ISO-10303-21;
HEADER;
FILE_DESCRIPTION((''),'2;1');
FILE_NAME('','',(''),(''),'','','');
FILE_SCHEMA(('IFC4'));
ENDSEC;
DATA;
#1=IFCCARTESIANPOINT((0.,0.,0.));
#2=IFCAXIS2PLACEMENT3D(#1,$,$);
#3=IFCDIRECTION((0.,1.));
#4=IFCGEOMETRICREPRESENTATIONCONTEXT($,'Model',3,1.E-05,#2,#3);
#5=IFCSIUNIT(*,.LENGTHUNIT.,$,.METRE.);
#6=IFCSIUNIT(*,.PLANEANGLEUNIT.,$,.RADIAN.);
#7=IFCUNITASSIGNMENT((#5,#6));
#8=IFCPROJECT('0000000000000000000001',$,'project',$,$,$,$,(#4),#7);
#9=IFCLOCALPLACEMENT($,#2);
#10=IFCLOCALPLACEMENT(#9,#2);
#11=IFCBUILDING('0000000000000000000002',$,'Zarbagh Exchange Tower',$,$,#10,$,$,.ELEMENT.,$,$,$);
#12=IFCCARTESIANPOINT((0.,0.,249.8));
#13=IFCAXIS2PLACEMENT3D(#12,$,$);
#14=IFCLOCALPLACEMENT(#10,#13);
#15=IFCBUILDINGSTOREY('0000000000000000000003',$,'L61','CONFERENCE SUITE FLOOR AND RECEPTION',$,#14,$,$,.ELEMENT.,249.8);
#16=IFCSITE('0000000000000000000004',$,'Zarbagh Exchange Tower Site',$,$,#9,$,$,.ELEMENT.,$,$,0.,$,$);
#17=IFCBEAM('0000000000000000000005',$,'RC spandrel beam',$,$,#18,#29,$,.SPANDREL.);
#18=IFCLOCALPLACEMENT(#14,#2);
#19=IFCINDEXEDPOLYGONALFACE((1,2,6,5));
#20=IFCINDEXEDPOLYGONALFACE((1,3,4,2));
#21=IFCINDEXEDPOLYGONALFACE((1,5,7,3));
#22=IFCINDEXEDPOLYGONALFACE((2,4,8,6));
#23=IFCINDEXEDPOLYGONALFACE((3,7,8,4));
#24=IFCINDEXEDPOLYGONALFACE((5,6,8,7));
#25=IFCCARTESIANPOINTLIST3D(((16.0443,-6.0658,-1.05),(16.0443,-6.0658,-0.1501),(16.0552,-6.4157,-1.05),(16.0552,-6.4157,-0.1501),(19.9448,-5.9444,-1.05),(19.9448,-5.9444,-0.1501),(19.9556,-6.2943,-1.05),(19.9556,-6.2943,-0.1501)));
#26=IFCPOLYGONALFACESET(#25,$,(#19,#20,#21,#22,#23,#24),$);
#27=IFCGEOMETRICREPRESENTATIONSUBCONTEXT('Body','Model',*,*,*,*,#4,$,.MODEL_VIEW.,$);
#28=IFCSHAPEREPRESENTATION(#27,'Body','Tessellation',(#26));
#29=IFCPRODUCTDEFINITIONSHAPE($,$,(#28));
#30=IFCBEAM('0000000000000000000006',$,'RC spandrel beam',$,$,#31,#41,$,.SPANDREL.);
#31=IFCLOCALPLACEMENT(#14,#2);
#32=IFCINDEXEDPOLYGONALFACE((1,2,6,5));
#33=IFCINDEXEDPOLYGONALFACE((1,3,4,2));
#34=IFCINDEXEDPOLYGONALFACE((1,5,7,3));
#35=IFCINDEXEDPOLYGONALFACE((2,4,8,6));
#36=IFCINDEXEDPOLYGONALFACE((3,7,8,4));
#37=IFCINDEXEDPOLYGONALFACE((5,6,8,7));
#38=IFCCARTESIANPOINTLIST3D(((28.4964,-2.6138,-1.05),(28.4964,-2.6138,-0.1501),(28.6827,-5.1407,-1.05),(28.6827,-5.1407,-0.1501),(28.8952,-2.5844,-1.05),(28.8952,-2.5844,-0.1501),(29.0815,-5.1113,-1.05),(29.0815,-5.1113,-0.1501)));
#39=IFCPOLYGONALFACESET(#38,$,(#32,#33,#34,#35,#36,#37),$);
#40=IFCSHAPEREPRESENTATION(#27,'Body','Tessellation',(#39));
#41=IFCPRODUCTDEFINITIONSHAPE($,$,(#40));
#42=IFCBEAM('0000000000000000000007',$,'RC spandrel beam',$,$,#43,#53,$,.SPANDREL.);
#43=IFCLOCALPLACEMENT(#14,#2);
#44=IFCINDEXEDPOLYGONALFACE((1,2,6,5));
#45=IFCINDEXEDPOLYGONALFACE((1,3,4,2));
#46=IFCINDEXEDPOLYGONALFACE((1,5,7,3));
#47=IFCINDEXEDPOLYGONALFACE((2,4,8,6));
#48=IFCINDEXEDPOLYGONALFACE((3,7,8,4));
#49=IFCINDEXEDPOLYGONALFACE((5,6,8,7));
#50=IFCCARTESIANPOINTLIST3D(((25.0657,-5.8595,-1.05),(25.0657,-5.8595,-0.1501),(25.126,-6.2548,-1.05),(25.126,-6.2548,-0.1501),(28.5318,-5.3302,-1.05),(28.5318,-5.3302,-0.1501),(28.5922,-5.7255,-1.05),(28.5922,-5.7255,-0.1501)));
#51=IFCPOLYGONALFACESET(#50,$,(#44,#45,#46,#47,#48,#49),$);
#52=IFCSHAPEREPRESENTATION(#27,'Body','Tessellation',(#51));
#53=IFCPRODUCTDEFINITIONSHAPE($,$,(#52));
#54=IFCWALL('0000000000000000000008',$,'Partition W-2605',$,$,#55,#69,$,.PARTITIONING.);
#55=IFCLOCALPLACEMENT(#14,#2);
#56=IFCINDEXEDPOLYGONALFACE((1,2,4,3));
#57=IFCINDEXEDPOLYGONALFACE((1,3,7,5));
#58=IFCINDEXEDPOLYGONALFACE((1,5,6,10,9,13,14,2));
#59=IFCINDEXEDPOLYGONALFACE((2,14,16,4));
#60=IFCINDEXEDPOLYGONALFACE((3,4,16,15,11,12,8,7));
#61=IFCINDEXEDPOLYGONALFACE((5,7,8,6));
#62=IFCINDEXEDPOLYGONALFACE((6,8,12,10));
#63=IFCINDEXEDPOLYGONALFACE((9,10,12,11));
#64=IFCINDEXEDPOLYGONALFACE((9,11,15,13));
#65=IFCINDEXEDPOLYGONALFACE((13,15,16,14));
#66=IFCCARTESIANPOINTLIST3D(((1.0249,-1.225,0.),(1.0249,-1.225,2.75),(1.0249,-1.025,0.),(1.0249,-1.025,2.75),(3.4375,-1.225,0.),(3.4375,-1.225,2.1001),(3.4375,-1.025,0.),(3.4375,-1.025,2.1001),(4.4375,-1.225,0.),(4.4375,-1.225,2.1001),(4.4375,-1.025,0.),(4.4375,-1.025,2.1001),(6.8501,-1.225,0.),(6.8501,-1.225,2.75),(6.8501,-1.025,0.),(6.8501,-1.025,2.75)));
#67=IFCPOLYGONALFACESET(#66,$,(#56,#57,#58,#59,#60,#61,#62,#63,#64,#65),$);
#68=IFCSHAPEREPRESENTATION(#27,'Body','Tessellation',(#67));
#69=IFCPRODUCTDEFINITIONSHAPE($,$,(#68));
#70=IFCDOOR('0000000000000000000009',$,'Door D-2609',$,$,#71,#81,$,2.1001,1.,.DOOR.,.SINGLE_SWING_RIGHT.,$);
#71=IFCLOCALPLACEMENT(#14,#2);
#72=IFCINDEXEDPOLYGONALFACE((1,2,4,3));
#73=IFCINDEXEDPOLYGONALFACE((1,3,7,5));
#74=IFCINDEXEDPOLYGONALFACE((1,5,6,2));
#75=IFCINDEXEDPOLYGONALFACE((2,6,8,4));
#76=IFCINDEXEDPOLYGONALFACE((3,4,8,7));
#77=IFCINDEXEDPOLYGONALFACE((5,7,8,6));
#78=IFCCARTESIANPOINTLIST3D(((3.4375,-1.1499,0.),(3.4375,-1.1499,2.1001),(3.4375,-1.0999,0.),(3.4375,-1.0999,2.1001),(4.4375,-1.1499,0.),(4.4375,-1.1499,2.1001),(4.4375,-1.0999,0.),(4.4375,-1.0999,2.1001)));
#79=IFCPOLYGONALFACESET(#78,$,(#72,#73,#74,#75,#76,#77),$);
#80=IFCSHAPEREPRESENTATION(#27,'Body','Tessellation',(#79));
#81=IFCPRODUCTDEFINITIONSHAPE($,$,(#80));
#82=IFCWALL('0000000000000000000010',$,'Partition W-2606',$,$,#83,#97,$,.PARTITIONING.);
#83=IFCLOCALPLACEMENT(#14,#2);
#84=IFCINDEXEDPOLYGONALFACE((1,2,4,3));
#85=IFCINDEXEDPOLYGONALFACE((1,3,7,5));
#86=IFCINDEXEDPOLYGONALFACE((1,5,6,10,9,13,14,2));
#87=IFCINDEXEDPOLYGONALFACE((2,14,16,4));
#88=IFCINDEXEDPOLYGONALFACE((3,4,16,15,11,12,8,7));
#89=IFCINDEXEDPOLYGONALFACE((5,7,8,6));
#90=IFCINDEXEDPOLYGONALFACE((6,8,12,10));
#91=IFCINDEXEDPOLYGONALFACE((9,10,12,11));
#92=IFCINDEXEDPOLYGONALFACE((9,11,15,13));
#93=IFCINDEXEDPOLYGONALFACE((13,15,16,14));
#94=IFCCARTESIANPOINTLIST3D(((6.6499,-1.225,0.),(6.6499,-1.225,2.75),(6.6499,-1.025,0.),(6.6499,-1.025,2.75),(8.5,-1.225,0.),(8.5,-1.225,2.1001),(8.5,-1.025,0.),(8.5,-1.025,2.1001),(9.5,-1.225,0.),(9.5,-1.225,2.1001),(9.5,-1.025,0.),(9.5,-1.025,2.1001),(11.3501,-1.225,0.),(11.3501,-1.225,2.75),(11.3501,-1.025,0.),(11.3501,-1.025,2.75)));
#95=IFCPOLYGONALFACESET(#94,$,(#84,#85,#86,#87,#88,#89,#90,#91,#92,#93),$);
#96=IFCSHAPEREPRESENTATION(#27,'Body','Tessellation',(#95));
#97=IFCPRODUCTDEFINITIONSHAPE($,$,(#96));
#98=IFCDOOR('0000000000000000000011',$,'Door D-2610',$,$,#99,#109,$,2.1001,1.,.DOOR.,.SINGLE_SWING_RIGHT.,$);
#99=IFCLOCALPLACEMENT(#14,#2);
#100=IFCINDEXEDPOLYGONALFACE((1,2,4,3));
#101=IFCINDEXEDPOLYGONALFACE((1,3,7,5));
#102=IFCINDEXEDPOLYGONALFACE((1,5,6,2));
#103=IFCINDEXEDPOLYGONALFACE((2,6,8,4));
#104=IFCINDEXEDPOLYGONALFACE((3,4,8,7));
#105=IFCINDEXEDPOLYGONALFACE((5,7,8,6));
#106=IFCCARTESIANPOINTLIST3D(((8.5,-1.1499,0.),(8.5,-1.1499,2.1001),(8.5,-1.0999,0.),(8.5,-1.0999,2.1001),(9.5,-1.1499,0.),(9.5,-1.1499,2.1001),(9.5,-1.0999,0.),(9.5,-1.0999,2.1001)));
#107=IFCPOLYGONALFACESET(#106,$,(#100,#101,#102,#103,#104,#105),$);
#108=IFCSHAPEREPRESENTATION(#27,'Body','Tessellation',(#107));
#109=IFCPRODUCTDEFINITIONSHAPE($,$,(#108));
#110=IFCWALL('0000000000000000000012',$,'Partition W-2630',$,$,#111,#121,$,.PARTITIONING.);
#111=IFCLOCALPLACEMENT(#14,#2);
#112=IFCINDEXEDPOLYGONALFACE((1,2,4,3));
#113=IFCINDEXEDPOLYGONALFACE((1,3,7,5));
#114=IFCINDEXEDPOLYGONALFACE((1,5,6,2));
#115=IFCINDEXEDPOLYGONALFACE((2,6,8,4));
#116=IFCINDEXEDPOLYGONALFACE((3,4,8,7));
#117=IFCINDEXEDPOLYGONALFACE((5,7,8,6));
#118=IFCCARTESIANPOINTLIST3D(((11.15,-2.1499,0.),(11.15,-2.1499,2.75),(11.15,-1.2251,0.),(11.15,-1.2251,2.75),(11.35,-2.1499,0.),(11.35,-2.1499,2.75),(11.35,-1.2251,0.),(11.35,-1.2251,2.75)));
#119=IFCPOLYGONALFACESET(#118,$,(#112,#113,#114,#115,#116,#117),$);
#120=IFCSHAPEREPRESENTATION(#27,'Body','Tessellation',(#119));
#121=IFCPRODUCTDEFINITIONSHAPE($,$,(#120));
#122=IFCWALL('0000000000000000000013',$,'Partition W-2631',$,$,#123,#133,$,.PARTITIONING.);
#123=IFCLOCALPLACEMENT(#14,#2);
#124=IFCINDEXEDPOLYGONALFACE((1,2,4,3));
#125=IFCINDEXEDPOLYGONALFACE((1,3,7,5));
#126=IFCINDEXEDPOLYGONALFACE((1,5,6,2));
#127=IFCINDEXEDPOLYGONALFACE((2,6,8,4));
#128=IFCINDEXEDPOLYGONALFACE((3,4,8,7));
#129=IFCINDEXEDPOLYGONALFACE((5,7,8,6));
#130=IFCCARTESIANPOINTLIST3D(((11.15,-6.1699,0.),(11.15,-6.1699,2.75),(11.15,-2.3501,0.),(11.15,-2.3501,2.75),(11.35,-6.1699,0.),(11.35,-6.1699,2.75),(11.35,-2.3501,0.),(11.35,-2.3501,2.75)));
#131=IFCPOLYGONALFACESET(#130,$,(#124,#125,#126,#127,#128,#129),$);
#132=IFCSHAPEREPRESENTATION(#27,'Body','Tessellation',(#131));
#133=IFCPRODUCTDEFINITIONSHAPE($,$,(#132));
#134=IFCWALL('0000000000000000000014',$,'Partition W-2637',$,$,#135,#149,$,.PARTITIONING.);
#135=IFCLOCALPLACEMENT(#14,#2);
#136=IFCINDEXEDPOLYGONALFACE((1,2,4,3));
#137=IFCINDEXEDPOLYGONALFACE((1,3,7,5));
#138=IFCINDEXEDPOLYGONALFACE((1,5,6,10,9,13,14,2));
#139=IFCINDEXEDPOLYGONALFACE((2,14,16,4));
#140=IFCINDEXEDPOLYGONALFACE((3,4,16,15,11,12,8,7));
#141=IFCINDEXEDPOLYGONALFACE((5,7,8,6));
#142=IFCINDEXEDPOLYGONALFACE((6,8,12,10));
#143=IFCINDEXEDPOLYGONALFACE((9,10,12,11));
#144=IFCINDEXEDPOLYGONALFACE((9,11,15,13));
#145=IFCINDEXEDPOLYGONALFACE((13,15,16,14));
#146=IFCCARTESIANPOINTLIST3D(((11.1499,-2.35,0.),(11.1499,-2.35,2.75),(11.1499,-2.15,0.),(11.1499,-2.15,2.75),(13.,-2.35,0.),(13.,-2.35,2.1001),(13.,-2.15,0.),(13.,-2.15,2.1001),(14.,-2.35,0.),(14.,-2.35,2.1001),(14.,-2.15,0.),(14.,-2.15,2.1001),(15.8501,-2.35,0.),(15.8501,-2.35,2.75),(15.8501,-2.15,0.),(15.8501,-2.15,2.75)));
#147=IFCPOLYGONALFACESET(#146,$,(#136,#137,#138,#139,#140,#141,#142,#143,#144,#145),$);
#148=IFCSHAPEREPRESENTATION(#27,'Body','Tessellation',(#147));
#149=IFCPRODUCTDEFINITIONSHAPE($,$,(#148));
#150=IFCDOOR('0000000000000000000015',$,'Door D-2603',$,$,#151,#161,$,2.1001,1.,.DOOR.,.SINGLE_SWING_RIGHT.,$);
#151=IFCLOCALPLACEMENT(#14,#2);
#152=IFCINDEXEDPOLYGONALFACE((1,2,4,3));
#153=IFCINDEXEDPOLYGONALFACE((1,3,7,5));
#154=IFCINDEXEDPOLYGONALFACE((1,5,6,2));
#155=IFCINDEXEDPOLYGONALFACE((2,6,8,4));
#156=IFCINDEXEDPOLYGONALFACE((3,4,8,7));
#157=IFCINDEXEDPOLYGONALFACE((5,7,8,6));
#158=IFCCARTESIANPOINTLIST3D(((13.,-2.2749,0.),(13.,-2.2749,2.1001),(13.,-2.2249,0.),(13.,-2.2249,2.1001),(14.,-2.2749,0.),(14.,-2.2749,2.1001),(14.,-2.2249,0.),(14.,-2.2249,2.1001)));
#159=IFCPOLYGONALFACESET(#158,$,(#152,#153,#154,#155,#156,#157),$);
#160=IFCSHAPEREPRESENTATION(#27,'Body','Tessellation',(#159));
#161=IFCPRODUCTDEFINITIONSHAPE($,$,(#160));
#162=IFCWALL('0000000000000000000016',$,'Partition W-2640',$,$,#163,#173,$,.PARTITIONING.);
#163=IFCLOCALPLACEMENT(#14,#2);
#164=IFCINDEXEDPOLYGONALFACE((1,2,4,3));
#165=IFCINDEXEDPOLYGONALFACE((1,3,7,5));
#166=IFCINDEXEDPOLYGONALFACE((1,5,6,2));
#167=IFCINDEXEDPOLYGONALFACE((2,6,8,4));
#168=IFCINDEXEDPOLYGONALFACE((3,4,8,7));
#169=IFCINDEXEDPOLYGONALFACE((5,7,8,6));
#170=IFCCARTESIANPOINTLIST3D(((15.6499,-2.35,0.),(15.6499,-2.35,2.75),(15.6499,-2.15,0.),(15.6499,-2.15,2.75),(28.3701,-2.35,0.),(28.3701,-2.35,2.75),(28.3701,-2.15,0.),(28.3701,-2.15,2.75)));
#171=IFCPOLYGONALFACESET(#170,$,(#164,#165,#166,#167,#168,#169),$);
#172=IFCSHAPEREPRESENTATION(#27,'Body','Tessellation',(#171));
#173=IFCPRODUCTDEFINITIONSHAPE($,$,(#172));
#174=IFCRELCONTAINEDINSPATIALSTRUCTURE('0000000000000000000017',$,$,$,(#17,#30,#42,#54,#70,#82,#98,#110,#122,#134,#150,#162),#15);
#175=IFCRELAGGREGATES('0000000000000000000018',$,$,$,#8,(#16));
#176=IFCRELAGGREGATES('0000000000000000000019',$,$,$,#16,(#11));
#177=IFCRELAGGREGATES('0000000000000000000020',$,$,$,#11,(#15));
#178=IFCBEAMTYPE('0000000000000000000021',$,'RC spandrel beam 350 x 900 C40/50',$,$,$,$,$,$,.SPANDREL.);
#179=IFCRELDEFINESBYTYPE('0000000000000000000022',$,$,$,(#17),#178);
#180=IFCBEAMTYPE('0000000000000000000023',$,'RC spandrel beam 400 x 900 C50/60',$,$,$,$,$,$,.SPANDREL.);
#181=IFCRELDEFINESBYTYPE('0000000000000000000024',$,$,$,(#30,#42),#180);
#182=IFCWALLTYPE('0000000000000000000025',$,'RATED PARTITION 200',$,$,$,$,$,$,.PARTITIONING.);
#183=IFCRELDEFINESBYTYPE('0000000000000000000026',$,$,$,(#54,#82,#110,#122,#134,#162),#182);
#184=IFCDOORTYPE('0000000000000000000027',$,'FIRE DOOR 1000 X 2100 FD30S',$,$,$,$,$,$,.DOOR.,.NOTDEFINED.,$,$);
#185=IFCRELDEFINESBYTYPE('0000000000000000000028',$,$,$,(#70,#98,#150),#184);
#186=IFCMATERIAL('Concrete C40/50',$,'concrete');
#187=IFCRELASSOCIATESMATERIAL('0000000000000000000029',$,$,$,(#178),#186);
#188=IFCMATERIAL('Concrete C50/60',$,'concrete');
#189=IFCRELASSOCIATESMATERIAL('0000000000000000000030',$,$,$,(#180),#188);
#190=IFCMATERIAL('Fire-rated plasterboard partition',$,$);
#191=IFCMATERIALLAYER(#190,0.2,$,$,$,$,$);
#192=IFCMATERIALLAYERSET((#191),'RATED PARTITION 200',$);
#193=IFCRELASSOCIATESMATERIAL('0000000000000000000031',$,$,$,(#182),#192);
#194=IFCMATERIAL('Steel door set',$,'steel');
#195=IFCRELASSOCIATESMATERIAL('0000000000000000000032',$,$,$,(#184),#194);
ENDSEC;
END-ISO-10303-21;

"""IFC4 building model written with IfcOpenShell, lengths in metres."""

from ifc_helpers import new_model, si_unit, direction, frame, frame_2d, origin, origin_2d, place, context, subcontext, project, spatial, rectangle, extrude, material, layer, layer_set, material_profile, profile_set, type_object, element, fill, save


model = new_model("IFC4")

# Units and contexts
model_context = context("Model", 3, precision=1e-05, world=origin(), true_north=direction((0.0, 1.0)))
body_context = subcontext(model_context, "Body", "Model", "MODEL_VIEW")
ifc_project = project(units=[si_unit("LENGTHUNIT", "METRE"), si_unit("PLANEANGLEUNIT", "RADIAN")], contexts=[model_context])

# Site, building, storey
site_placement = place(None, origin())
site = spatial("IfcSite", under=ifc_project, at=site_placement, Name="Zarbagh Exchange Tower Site", CompositionType="ELEMENT", RefElevation=0.0)
building_placement = place(site_placement, origin())
building = spatial("IfcBuilding", under=site, at=building_placement, Name="Zarbagh Exchange Tower", CompositionType="ELEMENT")
storey_placement = place(building_placement, frame((0.0, 0.0, 249.8)))
storey = spatial("IfcBuildingStorey", under=building, at=storey_placement, Name="L61", Description="CONFERENCE SUITE FLOOR AND RECEPTION", CompositionType="ELEMENT", Elevation=249.8)

# Shared definitions
ifc_material_1 = material(Name="Concrete C40/50", Category="concrete")

# Beams
ifc_material_profile_1 = material_profile(ifc_material_1, rectangle(XDim=0.3501, YDim=0.8999, at=origin_2d()), Name="RC spandrel beam 350 x 900 C40/50")
ifc_profile_set_1 = profile_set([ifc_material_profile_1], Name="Concrete C40/50")
beam_type_1 = type_object("IfcBeamType", Name="RC spandrel beam 350 x 900 C40/50", PredefinedType="SPANDREL", material=ifc_profile_set_1)
beam_1_placement = place(storey_placement, frame((19.9502, -6.1194, -0.6001), z_axis=(-0.999516, -0.031094, 0.0), x_axis=(0.031094, -0.999516, 0.0)))
element("IfcBeam", 1, at=beam_1_placement, inside=storey, type_object=beam_type_1, Name="RC spandrel beam", PredefinedType="SPANDREL", context=body_context, shape_type="SweptSolid", body=[
    extrude(rectangle(XDim=0.3501, YDim=0.8999, at=origin_2d()), origin(), (0.0, 0.0, 1.0), 3.9023),
])
ifc_material_2 = material(Name="Concrete C50/60", Category="concrete")
ifc_material_profile_2 = material_profile(ifc_material_2, rectangle(XDim=0.3999, YDim=0.8999, at=origin_2d()), Name="RC spandrel beam 400 x 900 C50/60")
ifc_profile_set_2 = profile_set([ifc_material_profile_2], Name="Concrete C50/60")
beam_type_2 = type_object("IfcBeamType", Name="RC spandrel beam 400 x 900 C50/60", PredefinedType="SPANDREL", material=ifc_profile_set_2)
beam_2_placement = place(storey_placement, frame((28.6958, -2.5991, -0.6001), z_axis=(0.07352, -0.997294, 0.0), x_axis=(0.997294, 0.07352, 0.0)))
element("IfcBeam", 2, at=beam_2_placement, inside=storey, type_object=beam_type_2, Name="RC spandrel beam", PredefinedType="SPANDREL", context=body_context, shape_type="SweptSolid", body=[
    extrude(rectangle(XDim=0.3999, YDim=0.8999, at=origin_2d()), origin(), (0.0, 0.0, 1.0), 2.5337),
])
beam_3_placement = place(storey_placement, frame((28.562, -5.5278, -0.6001), z_axis=(-0.98854, -0.150958, 0.0), x_axis=(0.150958, -0.98854, 0.0)))
element("IfcBeam", 3, at=beam_3_placement, inside=storey, type_object=beam_type_2, Name="RC spandrel beam", PredefinedType="SPANDREL", context=body_context, shape_type="SweptSolid", body=[
    extrude(rectangle(XDim=0.3999, YDim=0.8999, at=origin_2d()), origin(), (0.0, 0.0, 1.0), 3.5063),
])

# Walls, openings, doors
ifc_material_3 = material(Name="Fire-rated plasterboard partition")
ifc_layer_1 = layer(ifc_material_3, 0.2)
ifc_layer_set_1 = layer_set([ifc_layer_1], Name="RATED PARTITION 200")
wall_type_1 = type_object("IfcWallType", Name="RATED PARTITION 200", PredefinedType="PARTITIONING", material=ifc_layer_set_1)
wall_1_placement = place(storey_placement, frame((6.8501, -1.125, 0.0), z_axis=(0.0, 0.0, 1.0), x_axis=(-1.0, 0.0, 0.0)))
wall_1 = element("IfcWall", 4, at=wall_1_placement, inside=storey, type_object=wall_type_1, Name="Partition W-2605", PredefinedType="PARTITIONING", context=body_context, shape_type="SweptSolid", body=[
    extrude(rectangle(XDim=5.8252, YDim=0.2, at=frame_2d((2.9126, 0.0))), origin(), (0.0, 0.0, 1.0), 2.75),
])
opening_1_placement = place(wall_1_placement, frame((2.4126, 0.0, 0.0)))
opening_1 = element("IfcOpeningElement", 5, at=opening_1_placement, cuts=wall_1, PredefinedType="OPENING", context=body_context, shape_type="SweptSolid", body=[
    extrude(rectangle(XDim=1.0, YDim=2.1001, at=frame_2d((0.5, 1.05))), frame((0.0, 0.1099, 0.0), z_axis=(0.0, -1.0, 0.0), x_axis=(1.0, 0.0, 0.0)), (0.0, 0.0, 1.0), 0.22),
])
ifc_material_4 = material(Name="Steel door set", Category="steel")
door_type_1 = type_object("IfcDoorType", Name="FIRE DOOR 1000 X 2100 FD30S", OperationType="NOTDEFINED", PredefinedType="DOOR", material=ifc_material_4)
door_1_placement = place(opening_1_placement, origin())
door_1 = element("IfcDoor", 6, at=door_1_placement, inside=storey, type_object=door_type_1, Name="Door D-2609", OperationType="SINGLE_SWING_RIGHT", OverallHeight=2.1001, OverallWidth=1.0, PredefinedType="DOOR", context=body_context, shape_type="SweptSolid", body=[
    extrude(rectangle(XDim=1.0, YDim=2.1001, at=frame_2d((0.5, 1.05))), frame((0.0, 0.0249, 0.0), z_axis=(0.0, -1.0, 0.0), x_axis=(1.0, 0.0, 0.0)), (0.0, 0.0, 1.0), 0.05),
])
fill(opening_1, door_1)
wall_2_placement = place(storey_placement, frame((11.3501, -1.125, 0.0), z_axis=(0.0, 0.0, 1.0), x_axis=(-1.0, 0.0, 0.0)))
wall_2 = element("IfcWall", 7, at=wall_2_placement, inside=storey, type_object=wall_type_1, Name="Partition W-2606", PredefinedType="PARTITIONING", context=body_context, shape_type="SweptSolid", body=[
    extrude(rectangle(XDim=4.7002, YDim=0.2, at=frame_2d((2.3501, 0.0))), origin(), (0.0, 0.0, 1.0), 2.75),
])
opening_2_placement = place(wall_2_placement, frame((1.8501, 0.0, 0.0)))
opening_2 = element("IfcOpeningElement", 8, at=opening_2_placement, cuts=wall_2, PredefinedType="OPENING", context=body_context, shape_type="SweptSolid", body=[
    extrude(rectangle(XDim=1.0, YDim=2.1001, at=frame_2d((0.5, 1.05))), frame((0.0, 0.1099, 0.0), z_axis=(0.0, -1.0, 0.0), x_axis=(1.0, 0.0, 0.0)), (0.0, 0.0, 1.0), 0.22),
])
door_2_placement = place(opening_2_placement, origin())
door_2 = element("IfcDoor", 9, at=door_2_placement, inside=storey, type_object=door_type_1, Name="Door D-2610", OperationType="SINGLE_SWING_RIGHT", OverallHeight=2.1001, OverallWidth=1.0, PredefinedType="DOOR", context=body_context, shape_type="SweptSolid", body=[
    extrude(rectangle(XDim=1.0, YDim=2.1001, at=frame_2d((0.5, 1.05))), frame((0.0, 0.0249, 0.0), z_axis=(0.0, -1.0, 0.0), x_axis=(1.0, 0.0, 0.0)), (0.0, 0.0, 1.0), 0.05),
])
fill(opening_2, door_2)

# Walls
wall_3_placement = place(storey_placement, frame((11.25, -2.1499, 0.0), z_axis=(0.0, 0.0, 1.0), x_axis=(0.0, 1.0, 0.0)))
element("IfcWall", 10, at=wall_3_placement, inside=storey, type_object=wall_type_1, Name="Partition W-2630", PredefinedType="PARTITIONING", context=body_context, shape_type="SweptSolid", body=[
    extrude(rectangle(XDim=0.9248, YDim=0.2, at=frame_2d((0.4624, 0.0))), origin(), (0.0, 0.0, 1.0), 2.75),
])
wall_4_placement = place(storey_placement, frame((11.25, -6.1699, 0.0), z_axis=(0.0, 0.0, 1.0), x_axis=(0.0, 1.0, 0.0)))
element("IfcWall", 11, at=wall_4_placement, inside=storey, type_object=wall_type_1, Name="Partition W-2631", PredefinedType="PARTITIONING", context=body_context, shape_type="SweptSolid", body=[
    extrude(rectangle(XDim=3.8198, YDim=0.2, at=frame_2d((1.9099, 0.0))), origin(), (0.0, 0.0, 1.0), 2.75),
])

# Wall, opening, door
wall_5_placement = place(storey_placement, frame((15.8501, -2.25, 0.0), z_axis=(0.0, 0.0, 1.0), x_axis=(-1.0, 0.0, 0.0)))
wall_5 = element("IfcWall", 12, at=wall_5_placement, inside=storey, type_object=wall_type_1, Name="Partition W-2637", PredefinedType="PARTITIONING", context=body_context, shape_type="SweptSolid", body=[
    extrude(rectangle(XDim=4.7002, YDim=0.2, at=frame_2d((2.3501, 0.0))), origin(), (0.0, 0.0, 1.0), 2.75),
])
opening_3_placement = place(wall_5_placement, frame((1.8501, 0.0, 0.0)))
opening_3 = element("IfcOpeningElement", 13, at=opening_3_placement, cuts=wall_5, PredefinedType="OPENING", context=body_context, shape_type="SweptSolid", body=[
    extrude(rectangle(XDim=1.0, YDim=2.1001, at=frame_2d((0.5, 1.05))), frame((0.0, 0.1099, 0.0), z_axis=(0.0, -1.0, 0.0), x_axis=(1.0, 0.0, 0.0)), (0.0, 0.0, 1.0), 0.22),
])
door_3_placement = place(opening_3_placement, origin())
door_3 = element("IfcDoor", 14, at=door_3_placement, inside=storey, type_object=door_type_1, Name="Door D-2603", OperationType="SINGLE_SWING_RIGHT", OverallHeight=2.1001, OverallWidth=1.0, PredefinedType="DOOR", context=body_context, shape_type="SweptSolid", body=[
    extrude(rectangle(XDim=1.0, YDim=2.1001, at=frame_2d((0.5, 1.05))), frame((0.0, 0.0249, 0.0), z_axis=(0.0, -1.0, 0.0), x_axis=(1.0, 0.0, 0.0)), (0.0, 0.0, 1.0), 0.05),
])
fill(opening_3, door_3)

# Wall
wall_6_placement = place(storey_placement, frame((15.6499, -2.25, 0.0), z_axis=(0.0, 0.0, 1.0), x_axis=(1.0, 0.0, 0.0)))
element("IfcWall", 15, at=wall_6_placement, inside=storey, type_object=wall_type_1, Name="Partition W-2640", PredefinedType="PARTITIONING", context=body_context, shape_type="SweptSolid", body=[
    extrude(rectangle(XDim=12.7202, YDim=0.2, at=frame_2d((6.3601, 0.0))), origin(), (0.0, 0.0, 1.0), 2.75),
])

save(model, "model.ifc")
